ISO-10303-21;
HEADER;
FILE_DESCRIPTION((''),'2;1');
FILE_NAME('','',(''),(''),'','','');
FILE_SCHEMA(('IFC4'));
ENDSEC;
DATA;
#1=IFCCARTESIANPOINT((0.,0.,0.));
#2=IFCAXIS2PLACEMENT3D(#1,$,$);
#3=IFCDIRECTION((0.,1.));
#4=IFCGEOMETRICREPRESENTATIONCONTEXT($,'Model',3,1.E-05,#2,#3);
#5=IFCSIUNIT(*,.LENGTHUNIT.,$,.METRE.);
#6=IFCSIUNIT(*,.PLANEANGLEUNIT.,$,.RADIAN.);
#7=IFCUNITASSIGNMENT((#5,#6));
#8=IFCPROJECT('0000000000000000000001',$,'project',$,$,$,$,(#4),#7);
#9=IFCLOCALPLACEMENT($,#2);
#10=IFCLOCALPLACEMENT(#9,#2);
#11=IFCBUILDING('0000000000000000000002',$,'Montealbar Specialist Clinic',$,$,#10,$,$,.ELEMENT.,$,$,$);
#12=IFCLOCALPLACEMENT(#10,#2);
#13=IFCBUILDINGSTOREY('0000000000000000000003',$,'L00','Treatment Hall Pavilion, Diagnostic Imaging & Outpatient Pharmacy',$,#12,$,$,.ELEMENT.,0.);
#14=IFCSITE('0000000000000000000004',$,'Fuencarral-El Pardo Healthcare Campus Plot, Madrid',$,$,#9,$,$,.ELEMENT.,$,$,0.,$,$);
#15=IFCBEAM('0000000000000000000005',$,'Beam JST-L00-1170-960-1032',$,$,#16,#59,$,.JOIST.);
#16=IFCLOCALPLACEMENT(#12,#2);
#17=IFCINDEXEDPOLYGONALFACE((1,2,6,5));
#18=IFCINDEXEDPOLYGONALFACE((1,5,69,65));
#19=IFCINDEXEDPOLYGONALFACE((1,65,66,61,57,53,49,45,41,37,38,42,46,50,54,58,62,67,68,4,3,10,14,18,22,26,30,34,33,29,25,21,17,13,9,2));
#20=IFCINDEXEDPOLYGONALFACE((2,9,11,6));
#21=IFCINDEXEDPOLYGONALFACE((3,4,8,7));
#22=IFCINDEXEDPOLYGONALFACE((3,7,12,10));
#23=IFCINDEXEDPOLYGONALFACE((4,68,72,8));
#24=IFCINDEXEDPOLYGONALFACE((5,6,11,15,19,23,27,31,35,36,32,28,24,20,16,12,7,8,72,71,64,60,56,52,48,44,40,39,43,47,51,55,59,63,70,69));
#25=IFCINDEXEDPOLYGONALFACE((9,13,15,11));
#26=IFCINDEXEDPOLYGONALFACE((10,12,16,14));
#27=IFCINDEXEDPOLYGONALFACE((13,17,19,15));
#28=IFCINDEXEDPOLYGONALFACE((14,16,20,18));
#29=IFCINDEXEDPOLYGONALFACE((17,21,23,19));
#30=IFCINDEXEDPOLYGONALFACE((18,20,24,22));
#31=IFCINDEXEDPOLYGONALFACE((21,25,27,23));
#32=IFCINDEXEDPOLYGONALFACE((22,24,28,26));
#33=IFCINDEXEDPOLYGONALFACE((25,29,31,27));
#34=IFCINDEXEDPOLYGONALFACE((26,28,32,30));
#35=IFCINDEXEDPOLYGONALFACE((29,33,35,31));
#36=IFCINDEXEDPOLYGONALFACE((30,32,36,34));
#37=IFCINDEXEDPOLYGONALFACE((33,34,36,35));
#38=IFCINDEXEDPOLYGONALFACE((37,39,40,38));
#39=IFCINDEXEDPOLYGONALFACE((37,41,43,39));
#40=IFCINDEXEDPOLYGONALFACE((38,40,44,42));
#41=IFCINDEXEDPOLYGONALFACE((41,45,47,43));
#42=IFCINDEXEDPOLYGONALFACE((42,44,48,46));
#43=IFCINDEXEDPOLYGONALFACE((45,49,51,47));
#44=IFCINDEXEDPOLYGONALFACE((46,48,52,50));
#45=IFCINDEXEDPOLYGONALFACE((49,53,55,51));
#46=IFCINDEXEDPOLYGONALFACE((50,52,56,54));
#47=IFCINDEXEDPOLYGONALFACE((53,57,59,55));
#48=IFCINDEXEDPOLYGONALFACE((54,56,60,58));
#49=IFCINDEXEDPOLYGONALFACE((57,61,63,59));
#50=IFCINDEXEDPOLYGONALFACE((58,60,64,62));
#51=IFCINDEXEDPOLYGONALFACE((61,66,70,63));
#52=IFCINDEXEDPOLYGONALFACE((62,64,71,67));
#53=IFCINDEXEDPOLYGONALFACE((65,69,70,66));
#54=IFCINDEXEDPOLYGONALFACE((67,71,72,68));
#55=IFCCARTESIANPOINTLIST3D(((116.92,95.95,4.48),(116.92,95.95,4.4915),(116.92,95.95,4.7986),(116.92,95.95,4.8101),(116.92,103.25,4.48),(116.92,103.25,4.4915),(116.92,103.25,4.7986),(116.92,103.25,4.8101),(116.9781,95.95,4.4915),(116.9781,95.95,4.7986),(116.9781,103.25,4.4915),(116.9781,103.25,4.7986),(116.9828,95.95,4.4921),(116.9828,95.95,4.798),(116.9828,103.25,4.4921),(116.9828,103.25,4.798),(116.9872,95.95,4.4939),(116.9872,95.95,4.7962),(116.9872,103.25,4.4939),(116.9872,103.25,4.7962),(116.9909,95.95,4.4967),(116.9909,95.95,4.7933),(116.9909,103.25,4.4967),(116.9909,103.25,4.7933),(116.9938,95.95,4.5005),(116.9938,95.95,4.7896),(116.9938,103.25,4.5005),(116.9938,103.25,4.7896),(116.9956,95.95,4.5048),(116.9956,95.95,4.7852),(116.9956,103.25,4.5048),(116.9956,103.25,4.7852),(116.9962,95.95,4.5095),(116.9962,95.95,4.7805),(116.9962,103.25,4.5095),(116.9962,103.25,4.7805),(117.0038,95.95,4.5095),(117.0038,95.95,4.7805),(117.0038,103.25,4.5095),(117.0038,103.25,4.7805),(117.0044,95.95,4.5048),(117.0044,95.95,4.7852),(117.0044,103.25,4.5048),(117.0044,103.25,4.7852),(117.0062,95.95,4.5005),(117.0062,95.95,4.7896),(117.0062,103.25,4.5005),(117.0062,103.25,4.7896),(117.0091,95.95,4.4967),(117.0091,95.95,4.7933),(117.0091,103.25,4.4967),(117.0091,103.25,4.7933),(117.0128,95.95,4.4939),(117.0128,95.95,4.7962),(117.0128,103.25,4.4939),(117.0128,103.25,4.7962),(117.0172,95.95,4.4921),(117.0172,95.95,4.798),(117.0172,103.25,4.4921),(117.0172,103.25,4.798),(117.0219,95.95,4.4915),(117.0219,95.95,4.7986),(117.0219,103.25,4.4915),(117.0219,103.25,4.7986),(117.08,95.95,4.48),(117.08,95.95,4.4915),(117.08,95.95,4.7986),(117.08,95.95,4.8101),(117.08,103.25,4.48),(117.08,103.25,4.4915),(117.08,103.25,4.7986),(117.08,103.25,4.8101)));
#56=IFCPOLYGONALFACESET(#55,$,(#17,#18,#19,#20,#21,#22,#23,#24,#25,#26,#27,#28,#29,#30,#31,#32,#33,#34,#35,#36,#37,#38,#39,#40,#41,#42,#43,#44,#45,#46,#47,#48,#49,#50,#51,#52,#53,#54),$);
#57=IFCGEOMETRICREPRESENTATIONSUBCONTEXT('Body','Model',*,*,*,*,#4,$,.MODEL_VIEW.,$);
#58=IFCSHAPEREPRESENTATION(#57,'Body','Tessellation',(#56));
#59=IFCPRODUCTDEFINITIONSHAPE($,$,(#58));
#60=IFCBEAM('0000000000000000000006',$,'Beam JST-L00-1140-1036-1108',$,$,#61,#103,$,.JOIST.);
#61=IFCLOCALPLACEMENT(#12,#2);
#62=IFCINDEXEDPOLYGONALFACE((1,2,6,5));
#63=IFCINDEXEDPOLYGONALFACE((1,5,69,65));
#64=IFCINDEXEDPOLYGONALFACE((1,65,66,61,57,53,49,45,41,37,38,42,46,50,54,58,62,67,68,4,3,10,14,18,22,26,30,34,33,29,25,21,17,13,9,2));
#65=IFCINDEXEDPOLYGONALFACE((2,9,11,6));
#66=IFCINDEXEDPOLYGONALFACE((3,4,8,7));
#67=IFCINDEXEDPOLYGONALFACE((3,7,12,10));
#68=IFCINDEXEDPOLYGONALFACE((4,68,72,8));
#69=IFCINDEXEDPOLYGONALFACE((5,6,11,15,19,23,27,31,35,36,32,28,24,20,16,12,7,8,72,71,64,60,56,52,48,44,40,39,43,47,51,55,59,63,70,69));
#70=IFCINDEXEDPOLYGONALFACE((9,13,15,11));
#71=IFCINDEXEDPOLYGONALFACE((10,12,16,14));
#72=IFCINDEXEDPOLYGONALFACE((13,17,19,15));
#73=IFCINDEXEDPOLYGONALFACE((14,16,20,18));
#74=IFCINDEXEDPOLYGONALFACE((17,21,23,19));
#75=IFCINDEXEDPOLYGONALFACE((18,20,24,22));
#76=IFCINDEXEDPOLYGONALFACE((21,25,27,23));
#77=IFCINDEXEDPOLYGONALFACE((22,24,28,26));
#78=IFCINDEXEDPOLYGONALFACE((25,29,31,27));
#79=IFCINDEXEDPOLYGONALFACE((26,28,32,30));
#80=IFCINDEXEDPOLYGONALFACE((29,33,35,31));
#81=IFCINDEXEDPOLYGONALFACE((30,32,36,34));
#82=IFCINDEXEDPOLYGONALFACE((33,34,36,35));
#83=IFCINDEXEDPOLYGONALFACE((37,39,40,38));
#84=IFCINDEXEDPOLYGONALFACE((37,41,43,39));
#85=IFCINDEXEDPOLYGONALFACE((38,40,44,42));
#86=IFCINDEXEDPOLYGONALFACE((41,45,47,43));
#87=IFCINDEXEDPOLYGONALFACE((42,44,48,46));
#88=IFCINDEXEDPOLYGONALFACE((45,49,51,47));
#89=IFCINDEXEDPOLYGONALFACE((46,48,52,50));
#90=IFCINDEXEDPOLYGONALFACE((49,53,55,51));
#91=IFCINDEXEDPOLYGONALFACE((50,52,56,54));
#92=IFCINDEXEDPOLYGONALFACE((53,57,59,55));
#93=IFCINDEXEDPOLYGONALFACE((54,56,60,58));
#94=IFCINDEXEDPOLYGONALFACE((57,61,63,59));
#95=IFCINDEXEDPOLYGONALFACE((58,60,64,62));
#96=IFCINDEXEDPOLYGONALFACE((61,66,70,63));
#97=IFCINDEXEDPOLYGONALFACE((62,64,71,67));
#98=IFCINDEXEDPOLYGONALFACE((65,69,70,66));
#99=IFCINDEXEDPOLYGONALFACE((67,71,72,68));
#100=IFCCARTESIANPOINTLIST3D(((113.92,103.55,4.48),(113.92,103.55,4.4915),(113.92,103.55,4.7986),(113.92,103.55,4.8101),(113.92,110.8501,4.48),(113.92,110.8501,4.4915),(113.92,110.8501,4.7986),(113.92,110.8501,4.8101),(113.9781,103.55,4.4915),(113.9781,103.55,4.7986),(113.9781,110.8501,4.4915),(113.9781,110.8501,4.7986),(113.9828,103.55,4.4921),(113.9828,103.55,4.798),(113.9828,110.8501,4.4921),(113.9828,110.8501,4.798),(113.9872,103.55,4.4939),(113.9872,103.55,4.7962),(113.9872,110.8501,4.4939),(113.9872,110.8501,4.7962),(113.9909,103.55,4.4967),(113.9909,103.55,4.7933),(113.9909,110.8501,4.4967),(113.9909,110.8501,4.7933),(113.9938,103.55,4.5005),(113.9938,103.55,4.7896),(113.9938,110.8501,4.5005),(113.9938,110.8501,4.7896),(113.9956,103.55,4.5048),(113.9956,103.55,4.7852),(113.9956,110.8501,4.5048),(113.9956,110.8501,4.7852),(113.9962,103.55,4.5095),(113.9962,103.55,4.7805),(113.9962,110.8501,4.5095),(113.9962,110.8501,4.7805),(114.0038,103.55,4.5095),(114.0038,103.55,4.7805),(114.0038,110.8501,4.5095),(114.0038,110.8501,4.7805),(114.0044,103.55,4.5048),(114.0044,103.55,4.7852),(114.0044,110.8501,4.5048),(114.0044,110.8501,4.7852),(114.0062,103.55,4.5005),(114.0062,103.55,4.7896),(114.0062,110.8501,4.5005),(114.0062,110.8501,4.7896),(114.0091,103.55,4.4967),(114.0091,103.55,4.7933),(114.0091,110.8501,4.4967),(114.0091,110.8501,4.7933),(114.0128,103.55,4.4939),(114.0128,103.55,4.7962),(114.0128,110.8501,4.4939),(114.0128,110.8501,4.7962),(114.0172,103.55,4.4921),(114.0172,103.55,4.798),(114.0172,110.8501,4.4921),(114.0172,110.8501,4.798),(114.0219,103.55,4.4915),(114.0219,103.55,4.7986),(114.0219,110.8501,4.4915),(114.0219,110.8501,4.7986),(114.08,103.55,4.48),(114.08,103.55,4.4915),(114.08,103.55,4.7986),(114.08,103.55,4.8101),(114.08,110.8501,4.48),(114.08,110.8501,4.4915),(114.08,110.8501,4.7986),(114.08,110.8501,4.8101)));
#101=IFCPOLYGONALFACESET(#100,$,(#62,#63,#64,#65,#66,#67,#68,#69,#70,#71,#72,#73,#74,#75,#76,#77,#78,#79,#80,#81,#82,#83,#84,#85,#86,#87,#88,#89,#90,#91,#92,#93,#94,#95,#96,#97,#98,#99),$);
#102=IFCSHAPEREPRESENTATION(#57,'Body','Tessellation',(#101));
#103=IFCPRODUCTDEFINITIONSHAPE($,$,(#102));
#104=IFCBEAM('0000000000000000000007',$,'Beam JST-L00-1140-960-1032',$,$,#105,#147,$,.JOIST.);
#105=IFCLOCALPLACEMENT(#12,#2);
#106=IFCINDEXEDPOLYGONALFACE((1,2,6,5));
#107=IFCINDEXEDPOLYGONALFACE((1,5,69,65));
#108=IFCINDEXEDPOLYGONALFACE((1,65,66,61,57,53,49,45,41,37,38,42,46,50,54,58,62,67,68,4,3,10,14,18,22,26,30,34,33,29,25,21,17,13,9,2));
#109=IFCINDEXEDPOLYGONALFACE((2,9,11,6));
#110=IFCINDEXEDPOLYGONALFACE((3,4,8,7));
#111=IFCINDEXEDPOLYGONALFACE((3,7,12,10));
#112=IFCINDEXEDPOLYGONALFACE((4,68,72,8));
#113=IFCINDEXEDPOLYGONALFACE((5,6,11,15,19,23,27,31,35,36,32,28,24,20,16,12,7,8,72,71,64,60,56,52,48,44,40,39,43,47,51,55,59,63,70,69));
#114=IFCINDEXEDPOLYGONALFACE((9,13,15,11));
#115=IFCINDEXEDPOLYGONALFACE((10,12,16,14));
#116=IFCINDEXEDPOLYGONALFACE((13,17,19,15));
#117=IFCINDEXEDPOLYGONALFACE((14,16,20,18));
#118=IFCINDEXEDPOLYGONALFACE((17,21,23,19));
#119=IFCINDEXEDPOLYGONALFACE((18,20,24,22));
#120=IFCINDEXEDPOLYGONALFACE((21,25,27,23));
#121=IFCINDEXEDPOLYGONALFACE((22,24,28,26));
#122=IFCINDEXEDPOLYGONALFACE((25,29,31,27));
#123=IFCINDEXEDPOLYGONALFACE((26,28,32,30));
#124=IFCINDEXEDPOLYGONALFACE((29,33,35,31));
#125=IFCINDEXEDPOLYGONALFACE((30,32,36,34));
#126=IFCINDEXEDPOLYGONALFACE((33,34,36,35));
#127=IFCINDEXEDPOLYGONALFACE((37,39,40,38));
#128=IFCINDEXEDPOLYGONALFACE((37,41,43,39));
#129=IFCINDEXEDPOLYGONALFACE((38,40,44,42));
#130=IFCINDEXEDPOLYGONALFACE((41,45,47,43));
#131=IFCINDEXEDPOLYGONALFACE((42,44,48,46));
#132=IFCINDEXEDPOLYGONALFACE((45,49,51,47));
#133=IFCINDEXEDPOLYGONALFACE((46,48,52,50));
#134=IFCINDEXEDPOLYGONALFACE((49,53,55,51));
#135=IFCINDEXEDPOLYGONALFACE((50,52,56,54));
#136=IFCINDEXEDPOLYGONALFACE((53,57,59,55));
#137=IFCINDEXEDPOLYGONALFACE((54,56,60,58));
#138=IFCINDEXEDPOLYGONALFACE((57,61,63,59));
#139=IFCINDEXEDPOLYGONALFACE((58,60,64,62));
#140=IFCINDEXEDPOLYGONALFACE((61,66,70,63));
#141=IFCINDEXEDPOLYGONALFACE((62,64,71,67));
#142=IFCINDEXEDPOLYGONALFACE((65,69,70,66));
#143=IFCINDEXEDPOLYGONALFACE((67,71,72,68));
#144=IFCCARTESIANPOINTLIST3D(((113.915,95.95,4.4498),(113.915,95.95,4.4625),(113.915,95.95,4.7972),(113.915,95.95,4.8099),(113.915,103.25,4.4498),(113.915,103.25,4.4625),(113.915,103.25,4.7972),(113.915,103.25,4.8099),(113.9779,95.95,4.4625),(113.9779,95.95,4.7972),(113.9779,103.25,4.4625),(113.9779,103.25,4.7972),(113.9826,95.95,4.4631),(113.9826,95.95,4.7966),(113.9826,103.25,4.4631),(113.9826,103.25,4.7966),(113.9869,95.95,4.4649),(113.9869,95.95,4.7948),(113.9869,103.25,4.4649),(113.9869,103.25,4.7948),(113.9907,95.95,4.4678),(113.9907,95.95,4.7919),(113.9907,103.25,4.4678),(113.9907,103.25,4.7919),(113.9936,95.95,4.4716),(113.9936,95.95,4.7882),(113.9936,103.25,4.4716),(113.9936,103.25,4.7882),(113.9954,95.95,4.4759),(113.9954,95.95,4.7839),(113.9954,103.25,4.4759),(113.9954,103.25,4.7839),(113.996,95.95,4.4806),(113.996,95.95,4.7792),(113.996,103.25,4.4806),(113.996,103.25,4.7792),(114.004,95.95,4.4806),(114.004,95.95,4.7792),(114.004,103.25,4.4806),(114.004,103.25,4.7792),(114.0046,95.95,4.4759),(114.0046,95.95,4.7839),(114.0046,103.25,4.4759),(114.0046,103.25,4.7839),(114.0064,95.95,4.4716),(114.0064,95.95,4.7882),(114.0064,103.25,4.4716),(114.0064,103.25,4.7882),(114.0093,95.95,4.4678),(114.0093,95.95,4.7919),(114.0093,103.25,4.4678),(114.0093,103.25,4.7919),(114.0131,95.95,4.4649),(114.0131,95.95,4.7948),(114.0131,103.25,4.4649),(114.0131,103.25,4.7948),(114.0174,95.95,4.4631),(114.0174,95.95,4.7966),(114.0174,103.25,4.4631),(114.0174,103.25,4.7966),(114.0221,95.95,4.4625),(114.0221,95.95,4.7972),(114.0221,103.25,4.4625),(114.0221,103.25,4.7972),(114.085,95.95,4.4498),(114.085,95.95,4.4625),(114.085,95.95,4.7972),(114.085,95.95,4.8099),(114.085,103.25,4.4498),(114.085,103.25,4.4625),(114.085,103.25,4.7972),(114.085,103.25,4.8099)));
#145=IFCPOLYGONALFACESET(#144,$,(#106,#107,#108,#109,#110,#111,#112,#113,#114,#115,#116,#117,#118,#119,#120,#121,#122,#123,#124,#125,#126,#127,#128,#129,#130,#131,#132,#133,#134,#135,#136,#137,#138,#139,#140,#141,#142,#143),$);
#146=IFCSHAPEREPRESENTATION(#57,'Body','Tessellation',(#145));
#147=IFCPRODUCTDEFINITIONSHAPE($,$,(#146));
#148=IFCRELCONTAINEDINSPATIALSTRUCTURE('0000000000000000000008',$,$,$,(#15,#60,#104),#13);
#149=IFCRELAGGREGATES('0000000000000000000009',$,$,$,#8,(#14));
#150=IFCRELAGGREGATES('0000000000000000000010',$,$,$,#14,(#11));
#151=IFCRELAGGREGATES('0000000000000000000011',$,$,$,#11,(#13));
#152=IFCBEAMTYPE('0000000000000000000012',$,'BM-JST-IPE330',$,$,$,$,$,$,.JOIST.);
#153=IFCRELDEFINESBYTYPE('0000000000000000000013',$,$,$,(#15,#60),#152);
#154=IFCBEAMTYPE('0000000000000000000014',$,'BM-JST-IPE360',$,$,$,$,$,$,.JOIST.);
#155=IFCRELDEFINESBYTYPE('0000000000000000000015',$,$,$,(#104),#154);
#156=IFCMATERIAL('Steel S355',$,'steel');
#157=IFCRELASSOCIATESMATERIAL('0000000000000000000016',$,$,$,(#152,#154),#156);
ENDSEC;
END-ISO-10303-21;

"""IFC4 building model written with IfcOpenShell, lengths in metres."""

from ifc_helpers import new_model, si_unit, direction, frame, origin, origin_2d, place, context, subcontext, project, spatial, i_section, extrude, material, material_profile, profile_set, type_object, element, save


model = new_model("IFC4")

# Units and contexts
model_context = context("Model", 3, precision=1e-05, world=origin(), true_north=direction((0.0, 1.0)))
body_context = subcontext(model_context, "Body", "Model", "MODEL_VIEW")
ifc_project = project(units=[si_unit("LENGTHUNIT", "METRE"), si_unit("PLANEANGLEUNIT", "RADIAN")], contexts=[model_context])

# Site, building, storey
site_placement = place(None, origin())
site = spatial("IfcSite", under=ifc_project, at=site_placement, Name="Fuencarral-El Pardo Healthcare Campus Plot, Madrid", CompositionType="ELEMENT", RefElevation=0.0)
building_placement = place(site_placement, origin())
building = spatial("IfcBuilding", under=site, at=building_placement, Name="Montealbar Specialist Clinic", CompositionType="ELEMENT")
storey_placement = place(building_placement, origin())
storey = spatial("IfcBuildingStorey", under=building, at=storey_placement, Name="L00", Description="Treatment Hall Pavilion, Diagnostic Imaging & Outpatient Pharmacy", CompositionType="ELEMENT", Elevation=0.0)

# Shared definitions
ifc_material_1 = material(Name="Steel S355", Category="steel")

# Beams
ifc_material_profile_1 = material_profile(ifc_material_1, i_section(OverallWidth=0.1599, OverallDepth=0.3301, WebThickness=0.0076, FlangeThickness=0.0115, FilletRadius=0.0181, at=origin_2d()), Name="IPE 330", Category="steel")
ifc_profile_set_1 = profile_set([ifc_material_profile_1], Name="Steel S355")
beam_type_1 = type_object("IfcBeamType", Name="BM-JST-IPE330", PredefinedType="JOIST", material=ifc_profile_set_1)
for number, where, z_axis, x_axis, name in (
    (1, (117.0, 95.95, 4.645), (0.0, 1.0, 0.0), (-1.0, 0.0, 0.0), "Beam JST-L00-1170-960-1032"),
    (2, (114.0, 103.55, 4.645), (0.0, 1.0, 0.0), (-1.0, 0.0, 0.0), "Beam JST-L00-1140-1036-1108"),
):
    element("IfcBeam", number, at=place(storey_placement, frame(where, z_axis=z_axis, x_axis=x_axis)), inside=storey, type_object=beam_type_1, Name=name, PredefinedType="JOIST", context=body_context, shape_type="SweptSolid", body=[
        extrude(i_section(OverallWidth=0.1599, OverallDepth=0.3301, WebThickness=0.0076, FlangeThickness=0.0115, FilletRadius=0.0181, at=origin_2d()), origin(), (0.0, 0.0, 1.0), 7.3),
    ])
ifc_material_profile_2 = material_profile(ifc_material_1, i_section(OverallWidth=0.1699, OverallDepth=0.3601, WebThickness=0.0081, FlangeThickness=0.0127, FilletRadius=0.0181, at=origin_2d()), Name="IPE 360", Category="steel")
ifc_profile_set_2 = profile_set([ifc_material_profile_2], Name="Steel S355")
beam_type_2 = type_object("IfcBeamType", Name="BM-JST-IPE360", PredefinedType="JOIST", material=ifc_profile_set_2)
beam_1_placement = place(storey_placement, frame((114.0, 95.95, 4.6299), z_axis=(0.0, 1.0, 0.0), x_axis=(-1.0, 0.0, 0.0)))
element("IfcBeam", 3, at=beam_1_placement, inside=storey, type_object=beam_type_2, Name="Beam JST-L00-1140-960-1032", PredefinedType="JOIST", context=body_context, shape_type="SweptSolid", body=[
    extrude(i_section(OverallWidth=0.1699, OverallDepth=0.3601, WebThickness=0.0081, FlangeThickness=0.0127, FilletRadius=0.0181, at=origin_2d()), origin(), (0.0, 0.0, 1.0), 7.3),
])

save(model, "model.ifc")
